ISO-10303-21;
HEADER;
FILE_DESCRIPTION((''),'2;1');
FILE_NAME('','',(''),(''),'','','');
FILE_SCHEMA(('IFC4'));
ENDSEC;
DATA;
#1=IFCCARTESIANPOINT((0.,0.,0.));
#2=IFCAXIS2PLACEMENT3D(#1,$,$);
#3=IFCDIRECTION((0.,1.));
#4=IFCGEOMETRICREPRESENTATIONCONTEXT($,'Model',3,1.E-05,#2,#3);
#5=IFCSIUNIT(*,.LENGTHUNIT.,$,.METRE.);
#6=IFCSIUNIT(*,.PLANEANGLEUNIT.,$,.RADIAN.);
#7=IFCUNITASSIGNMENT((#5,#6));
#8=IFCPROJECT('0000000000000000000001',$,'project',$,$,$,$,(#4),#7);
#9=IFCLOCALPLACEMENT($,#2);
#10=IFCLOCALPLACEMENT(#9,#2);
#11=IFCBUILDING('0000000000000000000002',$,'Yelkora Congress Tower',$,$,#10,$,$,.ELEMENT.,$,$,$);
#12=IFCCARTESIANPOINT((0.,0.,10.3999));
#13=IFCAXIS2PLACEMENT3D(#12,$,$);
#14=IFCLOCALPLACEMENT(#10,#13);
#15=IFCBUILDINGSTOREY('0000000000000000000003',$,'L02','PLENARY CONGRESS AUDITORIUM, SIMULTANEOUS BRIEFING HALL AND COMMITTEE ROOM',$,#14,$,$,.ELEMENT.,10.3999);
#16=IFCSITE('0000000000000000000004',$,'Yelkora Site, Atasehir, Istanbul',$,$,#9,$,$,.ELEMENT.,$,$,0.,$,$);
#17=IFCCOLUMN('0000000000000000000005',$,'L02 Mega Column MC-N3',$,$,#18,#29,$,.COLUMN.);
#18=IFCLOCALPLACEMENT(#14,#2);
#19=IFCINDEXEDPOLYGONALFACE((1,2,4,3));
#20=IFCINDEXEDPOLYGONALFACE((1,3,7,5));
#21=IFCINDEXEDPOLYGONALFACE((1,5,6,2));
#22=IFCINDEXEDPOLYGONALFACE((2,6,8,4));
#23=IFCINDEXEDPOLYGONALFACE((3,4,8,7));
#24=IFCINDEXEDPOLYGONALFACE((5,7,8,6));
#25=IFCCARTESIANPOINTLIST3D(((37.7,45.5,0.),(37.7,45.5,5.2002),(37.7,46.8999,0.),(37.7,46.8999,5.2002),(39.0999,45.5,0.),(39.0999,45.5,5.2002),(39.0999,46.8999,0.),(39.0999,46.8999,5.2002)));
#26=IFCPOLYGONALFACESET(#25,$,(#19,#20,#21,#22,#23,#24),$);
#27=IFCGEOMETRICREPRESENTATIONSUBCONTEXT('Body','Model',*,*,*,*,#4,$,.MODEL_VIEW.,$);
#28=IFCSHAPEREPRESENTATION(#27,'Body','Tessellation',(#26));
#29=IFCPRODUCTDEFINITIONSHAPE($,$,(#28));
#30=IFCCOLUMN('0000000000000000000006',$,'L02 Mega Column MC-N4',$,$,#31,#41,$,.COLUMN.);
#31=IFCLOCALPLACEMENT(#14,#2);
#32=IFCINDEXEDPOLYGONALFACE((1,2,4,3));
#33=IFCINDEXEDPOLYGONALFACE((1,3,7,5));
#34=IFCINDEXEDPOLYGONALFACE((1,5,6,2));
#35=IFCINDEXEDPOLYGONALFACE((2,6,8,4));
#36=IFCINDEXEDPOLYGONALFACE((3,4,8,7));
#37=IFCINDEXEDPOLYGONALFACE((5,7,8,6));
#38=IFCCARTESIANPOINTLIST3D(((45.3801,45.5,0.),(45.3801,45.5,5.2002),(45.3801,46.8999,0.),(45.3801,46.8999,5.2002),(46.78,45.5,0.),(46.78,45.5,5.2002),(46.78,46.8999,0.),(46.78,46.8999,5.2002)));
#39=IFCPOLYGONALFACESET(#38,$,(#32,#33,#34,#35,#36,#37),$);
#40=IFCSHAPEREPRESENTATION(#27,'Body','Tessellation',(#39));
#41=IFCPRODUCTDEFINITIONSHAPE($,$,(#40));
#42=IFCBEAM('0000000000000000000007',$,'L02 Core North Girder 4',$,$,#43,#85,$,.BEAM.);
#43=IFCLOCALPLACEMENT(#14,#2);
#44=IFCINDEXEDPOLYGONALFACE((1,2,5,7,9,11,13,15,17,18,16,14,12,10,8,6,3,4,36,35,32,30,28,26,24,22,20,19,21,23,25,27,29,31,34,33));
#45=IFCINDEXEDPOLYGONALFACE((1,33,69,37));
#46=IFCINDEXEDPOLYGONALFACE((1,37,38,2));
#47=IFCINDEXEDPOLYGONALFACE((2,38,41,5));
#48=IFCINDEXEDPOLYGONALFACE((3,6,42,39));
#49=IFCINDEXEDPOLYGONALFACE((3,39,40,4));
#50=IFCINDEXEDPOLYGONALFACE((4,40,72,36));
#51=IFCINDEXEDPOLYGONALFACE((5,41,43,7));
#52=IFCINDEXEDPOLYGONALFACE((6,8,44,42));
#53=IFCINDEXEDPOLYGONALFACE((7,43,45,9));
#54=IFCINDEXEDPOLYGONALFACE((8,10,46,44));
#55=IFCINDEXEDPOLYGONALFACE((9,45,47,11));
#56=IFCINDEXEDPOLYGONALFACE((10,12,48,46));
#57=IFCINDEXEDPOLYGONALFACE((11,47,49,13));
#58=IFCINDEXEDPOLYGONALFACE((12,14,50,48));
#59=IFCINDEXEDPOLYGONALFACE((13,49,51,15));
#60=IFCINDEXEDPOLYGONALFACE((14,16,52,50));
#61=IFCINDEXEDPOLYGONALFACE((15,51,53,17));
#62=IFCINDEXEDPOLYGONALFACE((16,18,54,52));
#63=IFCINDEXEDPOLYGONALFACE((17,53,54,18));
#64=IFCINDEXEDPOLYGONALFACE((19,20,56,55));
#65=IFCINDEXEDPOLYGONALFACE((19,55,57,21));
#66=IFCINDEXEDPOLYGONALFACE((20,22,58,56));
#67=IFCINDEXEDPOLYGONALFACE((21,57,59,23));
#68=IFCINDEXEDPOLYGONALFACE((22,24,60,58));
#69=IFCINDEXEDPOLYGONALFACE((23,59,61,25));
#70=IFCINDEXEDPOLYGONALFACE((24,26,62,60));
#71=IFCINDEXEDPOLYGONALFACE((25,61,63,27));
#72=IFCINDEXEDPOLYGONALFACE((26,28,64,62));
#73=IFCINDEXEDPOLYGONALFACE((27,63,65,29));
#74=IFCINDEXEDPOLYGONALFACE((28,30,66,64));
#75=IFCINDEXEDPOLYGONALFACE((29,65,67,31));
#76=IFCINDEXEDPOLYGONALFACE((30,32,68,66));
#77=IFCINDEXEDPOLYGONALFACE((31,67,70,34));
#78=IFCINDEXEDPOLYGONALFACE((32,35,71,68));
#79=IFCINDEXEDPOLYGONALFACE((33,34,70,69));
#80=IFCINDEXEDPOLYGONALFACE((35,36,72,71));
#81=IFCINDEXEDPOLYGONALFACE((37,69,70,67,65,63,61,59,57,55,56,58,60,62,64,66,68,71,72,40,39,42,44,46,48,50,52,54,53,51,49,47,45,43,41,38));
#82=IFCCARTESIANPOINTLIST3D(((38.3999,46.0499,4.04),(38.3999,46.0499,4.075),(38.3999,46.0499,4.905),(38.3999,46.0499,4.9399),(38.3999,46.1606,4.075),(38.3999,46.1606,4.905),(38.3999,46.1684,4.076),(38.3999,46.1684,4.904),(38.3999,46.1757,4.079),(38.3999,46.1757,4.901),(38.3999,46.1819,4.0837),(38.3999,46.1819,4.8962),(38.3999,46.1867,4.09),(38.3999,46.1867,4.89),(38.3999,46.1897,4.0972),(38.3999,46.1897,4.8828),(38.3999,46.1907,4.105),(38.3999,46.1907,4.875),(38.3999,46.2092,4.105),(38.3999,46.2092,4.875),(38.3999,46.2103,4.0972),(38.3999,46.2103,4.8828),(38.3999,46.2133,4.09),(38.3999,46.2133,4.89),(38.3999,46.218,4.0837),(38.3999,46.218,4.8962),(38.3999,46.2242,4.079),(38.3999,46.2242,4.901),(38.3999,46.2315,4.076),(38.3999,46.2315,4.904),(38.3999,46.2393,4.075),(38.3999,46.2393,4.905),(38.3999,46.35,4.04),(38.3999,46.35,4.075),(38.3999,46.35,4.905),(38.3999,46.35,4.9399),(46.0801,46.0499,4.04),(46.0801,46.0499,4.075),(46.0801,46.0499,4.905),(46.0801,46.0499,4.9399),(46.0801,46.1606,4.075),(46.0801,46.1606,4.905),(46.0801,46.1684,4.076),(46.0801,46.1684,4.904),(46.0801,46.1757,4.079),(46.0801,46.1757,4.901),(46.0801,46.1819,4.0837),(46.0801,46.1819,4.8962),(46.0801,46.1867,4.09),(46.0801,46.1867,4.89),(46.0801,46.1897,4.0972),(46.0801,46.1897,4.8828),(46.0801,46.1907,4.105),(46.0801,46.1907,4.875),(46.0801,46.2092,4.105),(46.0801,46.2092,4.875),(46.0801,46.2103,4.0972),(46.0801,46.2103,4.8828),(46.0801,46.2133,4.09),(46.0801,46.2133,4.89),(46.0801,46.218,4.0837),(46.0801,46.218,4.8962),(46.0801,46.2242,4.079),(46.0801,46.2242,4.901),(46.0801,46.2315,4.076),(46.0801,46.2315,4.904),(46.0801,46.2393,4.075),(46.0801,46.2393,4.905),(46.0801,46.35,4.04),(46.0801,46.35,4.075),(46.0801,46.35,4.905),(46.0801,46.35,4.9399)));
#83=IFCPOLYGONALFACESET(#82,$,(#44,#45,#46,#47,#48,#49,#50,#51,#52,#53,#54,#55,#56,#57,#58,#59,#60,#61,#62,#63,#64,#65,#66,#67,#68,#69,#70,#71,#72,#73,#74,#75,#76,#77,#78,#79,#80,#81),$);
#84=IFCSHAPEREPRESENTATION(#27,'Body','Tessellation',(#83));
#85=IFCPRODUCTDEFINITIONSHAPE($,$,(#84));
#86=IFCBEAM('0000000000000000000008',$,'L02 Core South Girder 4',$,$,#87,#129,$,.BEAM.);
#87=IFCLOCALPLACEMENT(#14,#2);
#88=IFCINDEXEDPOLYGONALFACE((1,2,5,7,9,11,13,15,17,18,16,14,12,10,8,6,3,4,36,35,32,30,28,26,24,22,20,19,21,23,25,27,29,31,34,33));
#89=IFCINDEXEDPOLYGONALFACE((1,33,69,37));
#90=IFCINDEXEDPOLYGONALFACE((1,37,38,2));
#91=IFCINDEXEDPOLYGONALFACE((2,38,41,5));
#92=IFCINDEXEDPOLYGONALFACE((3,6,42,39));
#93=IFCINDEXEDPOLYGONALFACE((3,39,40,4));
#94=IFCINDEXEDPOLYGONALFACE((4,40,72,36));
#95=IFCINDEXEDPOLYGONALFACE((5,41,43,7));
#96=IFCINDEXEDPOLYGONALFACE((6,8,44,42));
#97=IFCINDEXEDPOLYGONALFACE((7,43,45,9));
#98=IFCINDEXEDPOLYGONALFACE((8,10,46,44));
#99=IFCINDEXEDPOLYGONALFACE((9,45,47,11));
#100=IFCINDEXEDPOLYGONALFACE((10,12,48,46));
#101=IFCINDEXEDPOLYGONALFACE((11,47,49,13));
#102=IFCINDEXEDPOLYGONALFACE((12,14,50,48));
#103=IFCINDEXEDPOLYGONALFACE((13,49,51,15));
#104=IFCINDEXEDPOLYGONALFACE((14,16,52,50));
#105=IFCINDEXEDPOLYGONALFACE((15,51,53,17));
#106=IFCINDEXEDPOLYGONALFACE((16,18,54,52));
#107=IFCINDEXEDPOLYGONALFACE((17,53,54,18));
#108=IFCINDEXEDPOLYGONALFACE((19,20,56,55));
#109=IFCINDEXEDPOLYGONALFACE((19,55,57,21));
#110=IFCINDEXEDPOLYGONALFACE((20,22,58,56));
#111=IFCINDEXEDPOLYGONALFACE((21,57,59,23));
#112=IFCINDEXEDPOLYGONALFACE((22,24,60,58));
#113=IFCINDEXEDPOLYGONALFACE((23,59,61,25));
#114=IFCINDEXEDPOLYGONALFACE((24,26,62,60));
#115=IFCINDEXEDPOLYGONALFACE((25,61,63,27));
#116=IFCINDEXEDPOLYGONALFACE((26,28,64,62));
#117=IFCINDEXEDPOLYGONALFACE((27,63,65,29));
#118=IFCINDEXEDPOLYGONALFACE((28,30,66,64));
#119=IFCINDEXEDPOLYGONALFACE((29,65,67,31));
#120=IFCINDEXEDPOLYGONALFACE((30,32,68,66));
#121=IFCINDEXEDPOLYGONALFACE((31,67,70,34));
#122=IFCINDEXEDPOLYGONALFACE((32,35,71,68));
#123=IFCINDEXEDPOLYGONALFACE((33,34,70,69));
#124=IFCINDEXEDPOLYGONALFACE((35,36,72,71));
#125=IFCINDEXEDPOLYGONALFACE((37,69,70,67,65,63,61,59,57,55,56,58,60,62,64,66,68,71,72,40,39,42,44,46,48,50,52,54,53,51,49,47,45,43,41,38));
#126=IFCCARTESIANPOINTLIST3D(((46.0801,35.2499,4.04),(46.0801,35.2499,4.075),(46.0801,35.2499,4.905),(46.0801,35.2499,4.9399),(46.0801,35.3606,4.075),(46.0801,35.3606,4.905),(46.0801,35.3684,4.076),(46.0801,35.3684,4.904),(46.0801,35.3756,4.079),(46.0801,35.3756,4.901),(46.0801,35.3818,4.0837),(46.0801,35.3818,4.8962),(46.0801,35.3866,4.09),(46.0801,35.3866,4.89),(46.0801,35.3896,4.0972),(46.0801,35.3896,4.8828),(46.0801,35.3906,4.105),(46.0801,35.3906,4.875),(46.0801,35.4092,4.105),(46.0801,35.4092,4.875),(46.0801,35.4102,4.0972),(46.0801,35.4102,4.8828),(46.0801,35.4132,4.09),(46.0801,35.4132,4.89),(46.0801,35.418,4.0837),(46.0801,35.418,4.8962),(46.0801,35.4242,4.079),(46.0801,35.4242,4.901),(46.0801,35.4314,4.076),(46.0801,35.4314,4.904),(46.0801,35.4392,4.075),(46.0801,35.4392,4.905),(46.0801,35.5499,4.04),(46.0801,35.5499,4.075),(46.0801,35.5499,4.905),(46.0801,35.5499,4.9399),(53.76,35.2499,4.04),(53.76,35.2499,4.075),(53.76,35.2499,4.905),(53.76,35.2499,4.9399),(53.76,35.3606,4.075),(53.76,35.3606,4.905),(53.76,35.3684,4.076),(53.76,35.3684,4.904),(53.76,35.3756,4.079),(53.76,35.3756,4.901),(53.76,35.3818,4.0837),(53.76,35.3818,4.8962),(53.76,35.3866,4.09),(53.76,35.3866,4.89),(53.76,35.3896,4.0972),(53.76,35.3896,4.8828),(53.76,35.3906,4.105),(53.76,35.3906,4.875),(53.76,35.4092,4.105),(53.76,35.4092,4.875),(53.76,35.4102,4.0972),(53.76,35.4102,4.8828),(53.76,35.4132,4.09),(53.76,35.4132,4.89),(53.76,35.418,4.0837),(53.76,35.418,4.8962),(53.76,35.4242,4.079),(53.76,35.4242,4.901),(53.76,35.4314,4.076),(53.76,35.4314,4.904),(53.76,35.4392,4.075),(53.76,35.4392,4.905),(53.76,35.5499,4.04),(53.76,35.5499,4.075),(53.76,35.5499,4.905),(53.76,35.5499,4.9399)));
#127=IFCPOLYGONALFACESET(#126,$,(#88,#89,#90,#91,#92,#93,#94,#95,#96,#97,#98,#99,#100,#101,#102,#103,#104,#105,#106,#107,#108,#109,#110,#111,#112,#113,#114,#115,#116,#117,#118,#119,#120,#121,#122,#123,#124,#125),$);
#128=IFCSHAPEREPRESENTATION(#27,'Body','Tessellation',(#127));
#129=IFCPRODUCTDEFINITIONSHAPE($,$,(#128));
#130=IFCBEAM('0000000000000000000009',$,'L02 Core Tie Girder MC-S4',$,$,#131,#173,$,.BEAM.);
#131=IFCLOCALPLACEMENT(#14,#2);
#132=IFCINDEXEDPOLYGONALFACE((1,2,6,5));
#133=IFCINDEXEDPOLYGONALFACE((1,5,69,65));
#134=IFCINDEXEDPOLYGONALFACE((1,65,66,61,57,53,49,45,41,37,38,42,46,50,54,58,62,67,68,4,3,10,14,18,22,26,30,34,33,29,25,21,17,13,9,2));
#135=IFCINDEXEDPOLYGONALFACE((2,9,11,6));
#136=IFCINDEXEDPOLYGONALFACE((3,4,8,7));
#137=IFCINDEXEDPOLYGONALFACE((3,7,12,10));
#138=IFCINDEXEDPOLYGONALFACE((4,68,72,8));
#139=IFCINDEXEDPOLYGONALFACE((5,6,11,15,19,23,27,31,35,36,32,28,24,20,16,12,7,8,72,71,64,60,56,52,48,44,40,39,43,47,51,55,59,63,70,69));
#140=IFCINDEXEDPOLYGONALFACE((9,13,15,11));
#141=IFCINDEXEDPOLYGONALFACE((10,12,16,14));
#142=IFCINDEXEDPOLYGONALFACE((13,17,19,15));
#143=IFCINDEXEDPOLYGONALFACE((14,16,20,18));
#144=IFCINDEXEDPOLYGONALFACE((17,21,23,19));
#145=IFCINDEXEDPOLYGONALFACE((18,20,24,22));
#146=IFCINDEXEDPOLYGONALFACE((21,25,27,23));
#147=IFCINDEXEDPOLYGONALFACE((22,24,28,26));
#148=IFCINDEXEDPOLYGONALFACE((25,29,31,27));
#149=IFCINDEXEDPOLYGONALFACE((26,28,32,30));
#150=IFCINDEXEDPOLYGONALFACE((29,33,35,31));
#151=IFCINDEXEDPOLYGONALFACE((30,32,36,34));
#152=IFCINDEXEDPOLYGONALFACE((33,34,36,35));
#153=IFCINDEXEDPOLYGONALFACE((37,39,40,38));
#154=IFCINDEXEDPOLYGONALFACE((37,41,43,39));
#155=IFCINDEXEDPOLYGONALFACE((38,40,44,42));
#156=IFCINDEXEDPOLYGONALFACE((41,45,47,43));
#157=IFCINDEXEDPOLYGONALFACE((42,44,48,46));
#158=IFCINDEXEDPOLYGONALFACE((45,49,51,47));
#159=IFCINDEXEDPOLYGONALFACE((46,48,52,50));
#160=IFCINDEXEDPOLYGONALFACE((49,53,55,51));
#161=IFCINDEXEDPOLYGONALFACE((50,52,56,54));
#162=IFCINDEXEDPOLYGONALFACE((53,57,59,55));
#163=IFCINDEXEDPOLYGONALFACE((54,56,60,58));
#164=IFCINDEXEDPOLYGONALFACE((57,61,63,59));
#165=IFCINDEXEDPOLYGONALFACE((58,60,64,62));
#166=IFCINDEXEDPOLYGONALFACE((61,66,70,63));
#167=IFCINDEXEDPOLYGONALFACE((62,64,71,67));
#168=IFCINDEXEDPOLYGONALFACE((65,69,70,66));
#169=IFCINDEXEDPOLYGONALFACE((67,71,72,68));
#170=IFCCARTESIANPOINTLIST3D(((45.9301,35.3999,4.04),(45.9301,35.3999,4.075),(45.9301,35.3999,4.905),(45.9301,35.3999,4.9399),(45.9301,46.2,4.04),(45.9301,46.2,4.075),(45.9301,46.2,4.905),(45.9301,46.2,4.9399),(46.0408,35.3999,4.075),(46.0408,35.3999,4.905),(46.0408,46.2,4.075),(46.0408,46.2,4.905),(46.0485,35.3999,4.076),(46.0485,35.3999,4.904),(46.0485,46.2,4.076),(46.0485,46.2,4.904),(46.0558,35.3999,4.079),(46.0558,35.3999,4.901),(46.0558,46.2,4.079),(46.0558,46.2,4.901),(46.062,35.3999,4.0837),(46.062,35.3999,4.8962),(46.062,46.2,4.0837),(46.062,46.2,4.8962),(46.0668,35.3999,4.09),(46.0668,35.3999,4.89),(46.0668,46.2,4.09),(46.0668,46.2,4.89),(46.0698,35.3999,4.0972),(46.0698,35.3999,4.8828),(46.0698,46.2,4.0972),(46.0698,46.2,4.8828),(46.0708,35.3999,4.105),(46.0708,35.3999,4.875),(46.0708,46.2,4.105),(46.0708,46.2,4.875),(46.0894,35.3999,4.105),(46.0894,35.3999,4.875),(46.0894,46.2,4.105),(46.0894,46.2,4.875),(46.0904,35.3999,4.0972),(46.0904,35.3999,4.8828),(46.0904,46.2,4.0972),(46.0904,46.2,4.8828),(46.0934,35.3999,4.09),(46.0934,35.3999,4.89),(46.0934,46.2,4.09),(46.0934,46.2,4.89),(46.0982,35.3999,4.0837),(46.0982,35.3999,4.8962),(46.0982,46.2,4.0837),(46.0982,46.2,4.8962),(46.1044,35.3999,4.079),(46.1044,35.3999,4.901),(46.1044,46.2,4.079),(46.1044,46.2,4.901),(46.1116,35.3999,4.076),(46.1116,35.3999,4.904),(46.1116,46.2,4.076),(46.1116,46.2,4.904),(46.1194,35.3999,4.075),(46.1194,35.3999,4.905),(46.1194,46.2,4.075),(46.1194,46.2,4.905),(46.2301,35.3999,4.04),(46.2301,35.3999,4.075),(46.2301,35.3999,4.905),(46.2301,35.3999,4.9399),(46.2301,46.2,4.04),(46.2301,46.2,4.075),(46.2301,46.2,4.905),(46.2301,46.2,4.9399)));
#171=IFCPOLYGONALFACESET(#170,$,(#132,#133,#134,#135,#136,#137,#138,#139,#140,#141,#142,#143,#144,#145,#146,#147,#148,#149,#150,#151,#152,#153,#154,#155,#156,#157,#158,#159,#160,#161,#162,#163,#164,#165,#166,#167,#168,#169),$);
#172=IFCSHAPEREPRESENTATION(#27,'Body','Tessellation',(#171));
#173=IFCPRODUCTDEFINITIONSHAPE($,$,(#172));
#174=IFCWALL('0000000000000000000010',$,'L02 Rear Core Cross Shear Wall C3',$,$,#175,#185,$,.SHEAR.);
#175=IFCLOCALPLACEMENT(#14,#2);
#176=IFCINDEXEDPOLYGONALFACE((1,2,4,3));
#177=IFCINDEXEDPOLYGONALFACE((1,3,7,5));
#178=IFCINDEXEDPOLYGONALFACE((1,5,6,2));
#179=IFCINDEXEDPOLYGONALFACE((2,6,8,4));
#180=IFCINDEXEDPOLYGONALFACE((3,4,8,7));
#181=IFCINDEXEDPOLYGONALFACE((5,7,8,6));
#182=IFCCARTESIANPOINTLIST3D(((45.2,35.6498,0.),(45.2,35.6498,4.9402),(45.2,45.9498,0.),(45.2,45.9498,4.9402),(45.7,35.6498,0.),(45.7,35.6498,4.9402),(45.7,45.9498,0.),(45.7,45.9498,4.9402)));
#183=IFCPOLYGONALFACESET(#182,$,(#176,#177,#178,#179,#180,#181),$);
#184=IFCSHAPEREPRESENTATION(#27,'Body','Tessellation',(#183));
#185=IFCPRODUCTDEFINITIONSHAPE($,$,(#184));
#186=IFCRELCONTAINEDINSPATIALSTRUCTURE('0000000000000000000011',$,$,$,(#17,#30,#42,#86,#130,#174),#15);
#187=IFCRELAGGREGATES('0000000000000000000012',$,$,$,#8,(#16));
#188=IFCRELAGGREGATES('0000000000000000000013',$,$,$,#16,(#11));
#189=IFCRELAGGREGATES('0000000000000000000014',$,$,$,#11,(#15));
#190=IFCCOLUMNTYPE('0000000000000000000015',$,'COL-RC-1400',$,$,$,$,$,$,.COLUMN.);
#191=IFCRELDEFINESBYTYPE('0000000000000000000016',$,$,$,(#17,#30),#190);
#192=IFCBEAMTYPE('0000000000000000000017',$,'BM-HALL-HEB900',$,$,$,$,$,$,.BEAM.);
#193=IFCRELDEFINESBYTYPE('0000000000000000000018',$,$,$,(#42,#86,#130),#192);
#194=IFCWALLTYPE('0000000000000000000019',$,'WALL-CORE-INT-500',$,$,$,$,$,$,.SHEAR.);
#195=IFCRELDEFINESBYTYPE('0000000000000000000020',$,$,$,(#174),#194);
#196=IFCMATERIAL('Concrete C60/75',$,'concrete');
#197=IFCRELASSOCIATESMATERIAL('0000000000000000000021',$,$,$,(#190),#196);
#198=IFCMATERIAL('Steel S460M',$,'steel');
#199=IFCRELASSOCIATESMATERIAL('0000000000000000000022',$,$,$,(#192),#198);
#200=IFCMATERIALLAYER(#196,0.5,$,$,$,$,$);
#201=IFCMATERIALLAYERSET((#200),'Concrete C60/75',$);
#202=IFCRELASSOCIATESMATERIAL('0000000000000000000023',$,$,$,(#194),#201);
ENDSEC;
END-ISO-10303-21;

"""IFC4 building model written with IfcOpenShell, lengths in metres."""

from ifc_helpers import new_model, si_unit, direction, frame, frame_2d, origin, origin_2d, place, context, subcontext, project, spatial, rectangle, i_section, extrude, material, layer, layer_set, material_profile, profile_set, type_object, element, save


model = new_model("IFC4")

# Units and contexts
model_context = context("Model", 3, precision=1e-05, world=origin(), true_north=direction((0.0, 1.0)))
body_context = subcontext(model_context, "Body", "Model", "MODEL_VIEW")
ifc_project = project(units=[si_unit("LENGTHUNIT", "METRE"), si_unit("PLANEANGLEUNIT", "RADIAN")], contexts=[model_context])

# Site, building, storey
site_placement = place(None, origin())
site = spatial("IfcSite", under=ifc_project, at=site_placement, Name="Yelkora Site, Atasehir, Istanbul", CompositionType="ELEMENT", RefElevation=0.0)
building_placement = place(site_placement, origin())
building = spatial("IfcBuilding", under=site, at=building_placement, Name="Yelkora Congress Tower", CompositionType="ELEMENT")
storey_placement = place(building_placement, frame((0.0, 0.0, 10.3999)))
storey = spatial("IfcBuildingStorey", under=building, at=storey_placement, Name="L02", Description="PLENARY CONGRESS AUDITORIUM, SIMULTANEOUS BRIEFING HALL AND COMMITTEE ROOM", CompositionType="ELEMENT", Elevation=10.3999)

# Columns
ifc_material_1 = material(Name="Concrete C60/75", Category="concrete")
ifc_material_profile_1 = material_profile(ifc_material_1, rectangle(XDim=1.3999, YDim=1.3999, at=origin_2d()), Name="RC 1400x1400")
ifc_profile_set_1 = profile_set([ifc_material_profile_1], Name="Concrete C60/75")
column_type = type_object("IfcColumnType", Name="COL-RC-1400", PredefinedType="COLUMN", material=ifc_profile_set_1)
for number, where, z_axis, x_axis, name in (
    (1, (38.3999, 46.2, 0.0), (0.0, 0.0, 1.0), (1.0, 0.0, 0.0), "L02 Mega Column MC-N3"),
    (2, (46.0801, 46.2, 0.0), (0.0, 0.0, 1.0), (1.0, 0.0, 0.0), "L02 Mega Column MC-N4"),
):
    element("IfcColumn", number, at=place(storey_placement, frame(where, z_axis=z_axis, x_axis=x_axis)), inside=storey, type_object=column_type, Name=name, PredefinedType="COLUMN", context=body_context, shape_type="SweptSolid", body=[
        extrude(rectangle(XDim=1.3999, YDim=1.3999, at=origin_2d()), origin(), (0.0, 0.0, 1.0), 5.2002),
    ])

# Beams
ifc_material_2 = material(Name="Steel S460M", Category="steel")
ifc_material_profile_2 = material_profile(ifc_material_2, i_section(OverallWidth=0.3, OverallDepth=0.8999, WebThickness=0.0186, FlangeThickness=0.0349, FilletRadius=0.03, at=origin_2d()), Name="HEB 900")
ifc_profile_set_2 = profile_set([ifc_material_profile_2], Name="Steel S460M")
beam_type = type_object("IfcBeamType", Name="BM-HALL-HEB900", PredefinedType="BEAM", material=ifc_profile_set_2)
beam_1_placement = place(storey_placement, frame((38.3999, 46.2, 4.49), z_axis=(1.0, 0.0, 0.0), x_axis=(0.0, 1.0, 0.0)))
element("IfcBeam", 3, at=beam_1_placement, inside=storey, type_object=beam_type, Name="L02 Core North Girder 4", PredefinedType="BEAM", context=body_context, shape_type="SweptSolid", body=[
    extrude(i_section(OverallWidth=0.3, OverallDepth=0.8999, WebThickness=0.0186, FlangeThickness=0.0349, FilletRadius=0.03, at=origin_2d()), origin(), (0.0, 0.0, 1.0), 7.6802),
])
beam_2_placement = place(storey_placement, frame((46.0801, 35.3999, 4.49), z_axis=(1.0, 0.0, 0.0), x_axis=(0.0, 1.0, 0.0)))
element("IfcBeam", 4, at=beam_2_placement, inside=storey, type_object=beam_type, Name="L02 Core South Girder 4", PredefinedType="BEAM", context=body_context, shape_type="SweptSolid", body=[
    extrude(i_section(OverallWidth=0.3, OverallDepth=0.8999, WebThickness=0.0186, FlangeThickness=0.0349, FilletRadius=0.03, at=origin_2d()), origin(), (0.0, 0.0, 1.0), 7.6799),
])
beam_3_placement = place(storey_placement, frame((46.0801, 35.3999, 4.49), z_axis=(0.0, 1.0, 0.0), x_axis=(-1.0, 0.0, 0.0)))
element("IfcBeam", 5, at=beam_3_placement, inside=storey, type_object=beam_type, Name="L02 Core Tie Girder MC-S4", PredefinedType="BEAM", context=body_context, shape_type="SweptSolid", body=[
    extrude(i_section(OverallWidth=0.3, OverallDepth=0.8999, WebThickness=0.0186, FlangeThickness=0.0349, FilletRadius=0.03, at=origin_2d()), origin(), (0.0, 0.0, 1.0), 10.8),
])

# Wall
ifc_layer_1 = layer(ifc_material_1, 0.5)
ifc_layer_set_1 = layer_set([ifc_layer_1], Name="Concrete C60/75")
wall_type_1 = type_object("IfcWallType", Name="WALL-CORE-INT-500", PredefinedType="SHEAR", material=ifc_layer_set_1)
wall_1_placement = place(storey_placement, frame((45.45, 35.6499, 0.0), z_axis=(0.0, 0.0, 1.0), x_axis=(0.0, 1.0, 0.0)))
element("IfcWall", 6, at=wall_1_placement, inside=storey, type_object=wall_type_1, Name="L02 Rear Core Cross Shear Wall C3", PredefinedType="SHEAR", context=body_context, shape_type="SweptSolid", body=[
    extrude(rectangle(XDim=10.3, YDim=0.5, at=frame_2d((5.1499, 0.0))), origin(), (0.0, 0.0, 1.0), 4.9402),
])

save(model, "model.ifc")
